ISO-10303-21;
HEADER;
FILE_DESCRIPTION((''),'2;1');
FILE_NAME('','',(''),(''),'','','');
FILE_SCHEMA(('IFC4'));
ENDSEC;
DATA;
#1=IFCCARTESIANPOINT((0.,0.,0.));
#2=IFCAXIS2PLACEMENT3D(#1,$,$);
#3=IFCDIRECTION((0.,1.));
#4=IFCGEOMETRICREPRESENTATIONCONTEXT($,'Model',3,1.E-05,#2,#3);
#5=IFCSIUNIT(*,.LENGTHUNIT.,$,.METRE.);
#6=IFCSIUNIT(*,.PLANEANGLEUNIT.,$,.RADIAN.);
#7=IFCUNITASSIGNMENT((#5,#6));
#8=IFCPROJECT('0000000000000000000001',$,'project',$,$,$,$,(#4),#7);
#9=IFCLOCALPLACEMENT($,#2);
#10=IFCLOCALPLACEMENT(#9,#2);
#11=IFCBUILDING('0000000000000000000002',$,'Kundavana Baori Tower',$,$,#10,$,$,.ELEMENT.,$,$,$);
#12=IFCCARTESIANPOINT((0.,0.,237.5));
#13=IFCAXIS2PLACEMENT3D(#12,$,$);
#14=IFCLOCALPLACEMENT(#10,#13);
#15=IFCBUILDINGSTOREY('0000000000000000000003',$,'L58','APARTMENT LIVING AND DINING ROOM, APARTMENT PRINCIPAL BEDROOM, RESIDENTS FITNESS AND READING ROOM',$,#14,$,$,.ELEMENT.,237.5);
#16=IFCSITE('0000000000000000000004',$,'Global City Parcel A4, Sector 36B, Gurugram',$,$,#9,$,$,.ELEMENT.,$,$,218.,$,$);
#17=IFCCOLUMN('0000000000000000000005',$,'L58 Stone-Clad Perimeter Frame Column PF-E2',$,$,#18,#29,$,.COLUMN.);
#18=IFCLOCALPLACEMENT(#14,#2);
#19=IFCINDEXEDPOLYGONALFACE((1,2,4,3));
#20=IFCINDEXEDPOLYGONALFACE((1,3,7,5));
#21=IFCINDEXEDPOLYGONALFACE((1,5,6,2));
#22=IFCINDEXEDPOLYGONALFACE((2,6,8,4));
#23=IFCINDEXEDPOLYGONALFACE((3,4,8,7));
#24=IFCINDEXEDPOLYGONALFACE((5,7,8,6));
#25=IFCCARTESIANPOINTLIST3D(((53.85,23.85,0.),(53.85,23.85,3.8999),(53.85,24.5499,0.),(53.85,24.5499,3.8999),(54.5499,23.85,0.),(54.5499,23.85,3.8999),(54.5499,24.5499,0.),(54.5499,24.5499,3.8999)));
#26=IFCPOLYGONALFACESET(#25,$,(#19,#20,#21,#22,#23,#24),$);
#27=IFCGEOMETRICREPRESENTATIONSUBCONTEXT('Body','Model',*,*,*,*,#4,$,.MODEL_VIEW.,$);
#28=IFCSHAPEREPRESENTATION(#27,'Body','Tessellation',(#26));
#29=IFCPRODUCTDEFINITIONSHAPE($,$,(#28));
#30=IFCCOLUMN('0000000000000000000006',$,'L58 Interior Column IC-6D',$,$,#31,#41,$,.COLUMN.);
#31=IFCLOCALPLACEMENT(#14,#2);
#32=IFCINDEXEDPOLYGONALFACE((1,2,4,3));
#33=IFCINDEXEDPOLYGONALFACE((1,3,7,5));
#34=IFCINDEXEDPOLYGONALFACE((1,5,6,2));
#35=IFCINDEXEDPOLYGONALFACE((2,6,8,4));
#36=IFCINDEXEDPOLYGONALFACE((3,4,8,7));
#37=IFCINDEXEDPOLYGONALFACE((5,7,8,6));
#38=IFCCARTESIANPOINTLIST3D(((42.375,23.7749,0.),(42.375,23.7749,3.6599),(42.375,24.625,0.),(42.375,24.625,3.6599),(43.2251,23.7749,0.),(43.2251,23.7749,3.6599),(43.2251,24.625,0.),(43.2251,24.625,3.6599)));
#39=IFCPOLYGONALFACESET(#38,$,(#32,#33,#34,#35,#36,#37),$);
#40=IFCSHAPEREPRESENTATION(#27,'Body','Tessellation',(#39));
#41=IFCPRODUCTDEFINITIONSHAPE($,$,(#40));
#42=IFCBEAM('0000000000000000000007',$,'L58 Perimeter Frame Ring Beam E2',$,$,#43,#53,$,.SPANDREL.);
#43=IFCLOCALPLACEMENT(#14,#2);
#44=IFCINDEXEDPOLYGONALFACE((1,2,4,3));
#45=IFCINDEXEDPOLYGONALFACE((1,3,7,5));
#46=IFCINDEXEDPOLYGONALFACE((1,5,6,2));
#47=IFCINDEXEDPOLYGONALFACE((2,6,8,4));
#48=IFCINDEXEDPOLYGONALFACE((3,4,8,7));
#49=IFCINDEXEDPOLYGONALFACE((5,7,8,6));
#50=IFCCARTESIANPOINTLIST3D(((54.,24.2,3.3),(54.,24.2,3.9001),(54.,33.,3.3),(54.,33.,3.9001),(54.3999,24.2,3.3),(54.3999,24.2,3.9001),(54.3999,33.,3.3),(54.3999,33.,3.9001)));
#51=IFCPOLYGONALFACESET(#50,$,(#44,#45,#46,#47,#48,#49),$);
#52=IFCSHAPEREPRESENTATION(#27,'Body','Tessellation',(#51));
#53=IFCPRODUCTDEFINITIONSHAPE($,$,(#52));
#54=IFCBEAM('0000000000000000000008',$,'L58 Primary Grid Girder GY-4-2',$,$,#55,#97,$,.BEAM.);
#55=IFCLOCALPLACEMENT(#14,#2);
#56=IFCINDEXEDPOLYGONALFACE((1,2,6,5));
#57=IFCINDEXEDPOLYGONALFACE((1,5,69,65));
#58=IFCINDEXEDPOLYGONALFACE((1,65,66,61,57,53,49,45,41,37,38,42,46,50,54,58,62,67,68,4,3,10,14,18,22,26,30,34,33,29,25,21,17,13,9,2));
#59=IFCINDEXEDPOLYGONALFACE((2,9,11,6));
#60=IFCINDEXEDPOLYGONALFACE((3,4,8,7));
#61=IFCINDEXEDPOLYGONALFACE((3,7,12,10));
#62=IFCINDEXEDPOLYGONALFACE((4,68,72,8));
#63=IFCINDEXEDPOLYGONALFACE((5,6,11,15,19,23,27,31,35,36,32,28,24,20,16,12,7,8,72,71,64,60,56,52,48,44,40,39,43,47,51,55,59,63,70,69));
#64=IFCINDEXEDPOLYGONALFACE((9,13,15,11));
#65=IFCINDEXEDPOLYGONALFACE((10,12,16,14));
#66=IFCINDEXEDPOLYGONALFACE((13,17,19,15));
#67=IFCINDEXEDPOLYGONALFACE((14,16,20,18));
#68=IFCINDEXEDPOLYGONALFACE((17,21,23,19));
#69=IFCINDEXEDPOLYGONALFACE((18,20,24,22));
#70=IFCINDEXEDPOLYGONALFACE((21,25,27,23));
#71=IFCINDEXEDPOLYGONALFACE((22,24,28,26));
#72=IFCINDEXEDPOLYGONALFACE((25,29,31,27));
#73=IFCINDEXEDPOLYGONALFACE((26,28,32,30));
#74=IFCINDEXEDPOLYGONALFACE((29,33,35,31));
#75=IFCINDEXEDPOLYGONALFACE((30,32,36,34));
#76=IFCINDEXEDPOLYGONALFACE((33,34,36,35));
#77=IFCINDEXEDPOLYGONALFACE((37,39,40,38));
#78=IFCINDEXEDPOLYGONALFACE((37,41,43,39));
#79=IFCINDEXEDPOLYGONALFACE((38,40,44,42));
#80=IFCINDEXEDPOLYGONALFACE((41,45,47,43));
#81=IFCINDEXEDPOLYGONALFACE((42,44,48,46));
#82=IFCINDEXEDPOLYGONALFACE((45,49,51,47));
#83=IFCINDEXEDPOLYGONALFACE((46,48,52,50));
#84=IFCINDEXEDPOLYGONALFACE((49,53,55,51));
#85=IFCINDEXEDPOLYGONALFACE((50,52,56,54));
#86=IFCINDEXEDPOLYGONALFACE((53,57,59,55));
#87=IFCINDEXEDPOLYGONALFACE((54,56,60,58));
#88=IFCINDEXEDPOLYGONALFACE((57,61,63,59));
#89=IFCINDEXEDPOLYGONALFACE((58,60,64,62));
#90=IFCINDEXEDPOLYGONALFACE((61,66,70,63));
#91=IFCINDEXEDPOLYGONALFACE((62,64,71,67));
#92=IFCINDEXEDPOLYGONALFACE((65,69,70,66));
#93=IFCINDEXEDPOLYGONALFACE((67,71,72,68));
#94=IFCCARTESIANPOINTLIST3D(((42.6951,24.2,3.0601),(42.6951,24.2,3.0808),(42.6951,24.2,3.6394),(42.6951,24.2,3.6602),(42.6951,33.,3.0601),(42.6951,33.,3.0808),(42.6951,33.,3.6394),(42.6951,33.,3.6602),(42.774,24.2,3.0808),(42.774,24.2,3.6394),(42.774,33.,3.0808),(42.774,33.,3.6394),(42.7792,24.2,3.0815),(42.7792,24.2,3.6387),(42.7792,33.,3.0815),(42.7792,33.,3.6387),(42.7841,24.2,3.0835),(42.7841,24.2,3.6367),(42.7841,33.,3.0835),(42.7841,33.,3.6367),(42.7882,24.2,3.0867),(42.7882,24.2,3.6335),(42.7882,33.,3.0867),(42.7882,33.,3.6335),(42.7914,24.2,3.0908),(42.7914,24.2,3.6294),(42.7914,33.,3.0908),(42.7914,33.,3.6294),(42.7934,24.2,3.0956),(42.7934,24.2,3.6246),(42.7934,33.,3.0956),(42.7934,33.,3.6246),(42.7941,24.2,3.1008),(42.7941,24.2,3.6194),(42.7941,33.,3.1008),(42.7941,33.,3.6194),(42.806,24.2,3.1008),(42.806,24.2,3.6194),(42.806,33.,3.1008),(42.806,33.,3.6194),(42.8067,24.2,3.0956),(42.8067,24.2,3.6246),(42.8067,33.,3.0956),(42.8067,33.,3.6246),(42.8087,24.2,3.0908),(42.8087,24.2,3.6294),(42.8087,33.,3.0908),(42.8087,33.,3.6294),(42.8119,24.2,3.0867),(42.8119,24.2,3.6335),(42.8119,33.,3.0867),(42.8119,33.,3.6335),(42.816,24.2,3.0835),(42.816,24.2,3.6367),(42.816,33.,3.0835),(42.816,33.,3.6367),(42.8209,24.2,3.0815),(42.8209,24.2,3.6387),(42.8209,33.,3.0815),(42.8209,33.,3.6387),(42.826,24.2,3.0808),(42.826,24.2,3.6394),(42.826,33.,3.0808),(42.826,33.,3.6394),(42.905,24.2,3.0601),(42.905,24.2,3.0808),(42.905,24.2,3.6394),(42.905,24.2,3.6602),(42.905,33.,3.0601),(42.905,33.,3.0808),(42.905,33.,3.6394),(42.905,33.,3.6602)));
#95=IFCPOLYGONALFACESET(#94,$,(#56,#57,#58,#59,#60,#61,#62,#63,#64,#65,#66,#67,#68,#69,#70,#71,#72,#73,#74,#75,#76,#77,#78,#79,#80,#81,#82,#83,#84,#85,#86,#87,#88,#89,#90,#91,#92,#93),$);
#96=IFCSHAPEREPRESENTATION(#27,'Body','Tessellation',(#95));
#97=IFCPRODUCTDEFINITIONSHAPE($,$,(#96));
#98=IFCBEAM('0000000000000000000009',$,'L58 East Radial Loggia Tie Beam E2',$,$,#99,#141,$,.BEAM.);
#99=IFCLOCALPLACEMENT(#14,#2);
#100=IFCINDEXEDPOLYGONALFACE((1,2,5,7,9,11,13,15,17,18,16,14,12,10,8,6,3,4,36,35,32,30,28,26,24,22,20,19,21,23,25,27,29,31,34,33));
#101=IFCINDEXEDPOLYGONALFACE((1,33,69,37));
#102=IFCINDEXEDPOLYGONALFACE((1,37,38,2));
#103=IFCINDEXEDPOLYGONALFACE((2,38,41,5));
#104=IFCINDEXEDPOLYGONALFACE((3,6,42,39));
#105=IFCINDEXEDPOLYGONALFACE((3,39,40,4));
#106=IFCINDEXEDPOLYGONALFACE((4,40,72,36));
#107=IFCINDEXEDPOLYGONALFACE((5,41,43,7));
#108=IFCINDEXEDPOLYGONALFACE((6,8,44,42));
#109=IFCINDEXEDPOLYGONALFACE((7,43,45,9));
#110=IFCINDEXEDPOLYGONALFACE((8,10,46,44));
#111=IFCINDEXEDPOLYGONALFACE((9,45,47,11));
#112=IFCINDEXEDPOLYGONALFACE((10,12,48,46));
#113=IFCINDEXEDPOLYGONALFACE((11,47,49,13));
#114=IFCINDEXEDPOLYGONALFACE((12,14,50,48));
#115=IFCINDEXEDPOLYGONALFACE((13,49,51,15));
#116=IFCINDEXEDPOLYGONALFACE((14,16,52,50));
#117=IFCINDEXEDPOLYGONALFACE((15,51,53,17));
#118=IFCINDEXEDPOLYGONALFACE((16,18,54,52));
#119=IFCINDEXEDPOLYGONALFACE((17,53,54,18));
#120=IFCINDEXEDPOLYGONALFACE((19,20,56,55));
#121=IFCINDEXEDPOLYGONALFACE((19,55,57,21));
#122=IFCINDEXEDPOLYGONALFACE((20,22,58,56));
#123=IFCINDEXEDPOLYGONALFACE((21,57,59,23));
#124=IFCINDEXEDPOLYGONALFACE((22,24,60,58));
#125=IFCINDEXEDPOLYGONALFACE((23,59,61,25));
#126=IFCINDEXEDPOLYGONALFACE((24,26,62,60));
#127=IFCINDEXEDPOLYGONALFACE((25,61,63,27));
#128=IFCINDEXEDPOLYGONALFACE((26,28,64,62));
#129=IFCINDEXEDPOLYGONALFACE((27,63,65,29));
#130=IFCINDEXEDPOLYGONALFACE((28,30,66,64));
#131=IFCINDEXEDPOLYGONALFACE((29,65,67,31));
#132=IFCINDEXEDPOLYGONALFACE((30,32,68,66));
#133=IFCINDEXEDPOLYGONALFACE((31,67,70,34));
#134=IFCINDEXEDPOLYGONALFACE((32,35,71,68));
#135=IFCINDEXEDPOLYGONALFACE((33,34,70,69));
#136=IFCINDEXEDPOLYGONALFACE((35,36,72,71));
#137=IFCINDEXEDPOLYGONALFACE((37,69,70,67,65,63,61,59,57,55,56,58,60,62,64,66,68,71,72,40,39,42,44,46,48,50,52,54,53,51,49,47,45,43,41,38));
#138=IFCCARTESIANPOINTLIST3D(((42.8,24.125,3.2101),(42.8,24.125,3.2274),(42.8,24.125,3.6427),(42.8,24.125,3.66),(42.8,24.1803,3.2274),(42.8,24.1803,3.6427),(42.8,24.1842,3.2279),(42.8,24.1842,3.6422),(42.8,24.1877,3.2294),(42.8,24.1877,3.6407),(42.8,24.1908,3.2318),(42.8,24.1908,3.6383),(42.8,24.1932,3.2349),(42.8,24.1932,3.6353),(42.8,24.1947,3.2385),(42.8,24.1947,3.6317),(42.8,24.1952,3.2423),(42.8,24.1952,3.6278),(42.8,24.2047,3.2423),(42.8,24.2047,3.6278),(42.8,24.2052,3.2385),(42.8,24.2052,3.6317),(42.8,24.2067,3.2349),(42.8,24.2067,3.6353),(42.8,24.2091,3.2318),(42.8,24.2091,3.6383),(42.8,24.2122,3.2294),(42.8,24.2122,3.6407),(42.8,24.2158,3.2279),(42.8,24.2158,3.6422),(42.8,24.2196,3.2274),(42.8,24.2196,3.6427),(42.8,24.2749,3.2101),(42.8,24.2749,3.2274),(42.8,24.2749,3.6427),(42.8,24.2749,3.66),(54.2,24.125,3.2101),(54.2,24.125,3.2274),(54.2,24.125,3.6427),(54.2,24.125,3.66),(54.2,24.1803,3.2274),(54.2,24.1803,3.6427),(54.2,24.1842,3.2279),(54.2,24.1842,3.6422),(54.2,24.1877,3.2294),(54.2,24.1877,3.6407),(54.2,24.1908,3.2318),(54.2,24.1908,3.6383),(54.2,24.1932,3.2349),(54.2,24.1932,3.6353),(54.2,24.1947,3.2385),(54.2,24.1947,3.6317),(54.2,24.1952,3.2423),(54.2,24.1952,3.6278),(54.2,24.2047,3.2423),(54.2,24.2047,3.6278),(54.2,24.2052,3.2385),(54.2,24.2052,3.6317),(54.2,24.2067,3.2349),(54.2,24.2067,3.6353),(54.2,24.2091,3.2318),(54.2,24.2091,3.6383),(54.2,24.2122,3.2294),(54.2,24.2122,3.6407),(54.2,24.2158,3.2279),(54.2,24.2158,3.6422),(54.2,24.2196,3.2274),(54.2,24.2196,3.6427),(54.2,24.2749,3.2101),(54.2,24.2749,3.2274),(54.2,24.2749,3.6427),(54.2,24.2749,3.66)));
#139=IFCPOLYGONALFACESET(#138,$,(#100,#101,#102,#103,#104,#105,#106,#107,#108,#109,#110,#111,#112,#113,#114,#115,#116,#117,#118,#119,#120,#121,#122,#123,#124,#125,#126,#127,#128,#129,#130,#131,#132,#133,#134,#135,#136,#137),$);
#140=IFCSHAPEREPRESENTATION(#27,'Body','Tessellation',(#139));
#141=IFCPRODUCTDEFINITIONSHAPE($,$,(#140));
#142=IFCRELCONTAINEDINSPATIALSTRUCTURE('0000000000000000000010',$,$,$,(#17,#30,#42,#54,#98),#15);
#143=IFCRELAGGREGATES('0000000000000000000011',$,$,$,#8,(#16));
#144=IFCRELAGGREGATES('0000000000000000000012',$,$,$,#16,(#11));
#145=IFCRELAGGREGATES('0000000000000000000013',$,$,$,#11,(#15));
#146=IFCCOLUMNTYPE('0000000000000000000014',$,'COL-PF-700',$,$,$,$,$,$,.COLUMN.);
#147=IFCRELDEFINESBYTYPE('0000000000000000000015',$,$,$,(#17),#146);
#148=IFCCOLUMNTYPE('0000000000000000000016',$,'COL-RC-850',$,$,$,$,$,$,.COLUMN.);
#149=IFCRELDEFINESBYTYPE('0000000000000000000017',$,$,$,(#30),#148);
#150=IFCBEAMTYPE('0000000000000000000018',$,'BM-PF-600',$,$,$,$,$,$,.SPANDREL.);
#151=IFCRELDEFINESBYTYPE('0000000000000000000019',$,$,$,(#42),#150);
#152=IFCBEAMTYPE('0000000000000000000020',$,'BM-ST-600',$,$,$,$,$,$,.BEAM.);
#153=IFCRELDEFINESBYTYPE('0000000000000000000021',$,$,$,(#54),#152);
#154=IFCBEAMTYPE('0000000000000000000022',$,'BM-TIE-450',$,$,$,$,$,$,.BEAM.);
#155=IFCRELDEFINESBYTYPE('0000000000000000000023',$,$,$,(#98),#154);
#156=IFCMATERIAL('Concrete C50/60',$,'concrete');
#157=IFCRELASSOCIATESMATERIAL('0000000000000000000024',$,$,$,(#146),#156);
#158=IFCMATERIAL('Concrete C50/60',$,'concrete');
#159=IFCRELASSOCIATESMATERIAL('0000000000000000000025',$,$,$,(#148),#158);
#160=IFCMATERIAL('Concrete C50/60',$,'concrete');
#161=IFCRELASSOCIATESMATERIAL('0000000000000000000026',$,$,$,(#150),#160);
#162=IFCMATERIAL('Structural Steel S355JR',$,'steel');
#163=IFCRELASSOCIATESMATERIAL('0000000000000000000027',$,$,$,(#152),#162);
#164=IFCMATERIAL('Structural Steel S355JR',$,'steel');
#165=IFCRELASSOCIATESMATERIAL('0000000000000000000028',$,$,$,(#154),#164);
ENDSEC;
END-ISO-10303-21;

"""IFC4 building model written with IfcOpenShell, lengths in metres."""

from ifc_helpers import new_model, si_unit, direction, frame, origin, origin_2d, place, context, subcontext, project, spatial, rectangle, i_section, extrude, material, material_profile, profile_set, type_object, element, save


model = new_model("IFC4")

# Units and contexts
model_context = context("Model", 3, precision=1e-05, world=origin(), true_north=direction((0.0, 1.0)))
body_context = subcontext(model_context, "Body", "Model", "MODEL_VIEW")
ifc_project = project(units=[si_unit("LENGTHUNIT", "METRE"), si_unit("PLANEANGLEUNIT", "RADIAN")], contexts=[model_context])

# Site, building, storey
site_placement = place(None, origin())
site = spatial("IfcSite", under=ifc_project, at=site_placement, Name="Global City Parcel A4, Sector 36B, Gurugram", CompositionType="ELEMENT", RefElevation=218.0)
building_placement = place(site_placement, origin())
building = spatial("IfcBuilding", under=site, at=building_placement, Name="Kundavana Baori Tower", CompositionType="ELEMENT")
storey_placement = place(building_placement, frame((0.0, 0.0, 237.5)))
storey = spatial("IfcBuildingStorey", under=building, at=storey_placement, Name="L58", Description="APARTMENT LIVING AND DINING ROOM, APARTMENT PRINCIPAL BEDROOM, RESIDENTS FITNESS AND READING ROOM", CompositionType="ELEMENT", Elevation=237.5)

# Columns
ifc_material_1 = material(Name="Concrete C50/60", Category="concrete")
ifc_material_profile_1 = material_profile(ifc_material_1, rectangle(XDim=0.7, YDim=0.7, at=origin_2d()), Name="RC PF 700x700")
ifc_profile_set_1 = profile_set([ifc_material_profile_1], Name="Concrete C50/60")
column_type_1 = type_object("IfcColumnType", Name="COL-PF-700", PredefinedType="COLUMN", material=ifc_profile_set_1)
column_1_placement = place(storey_placement, frame((54.2, 24.2, 0.0), z_axis=(0.0, 0.0, 1.0), x_axis=(1.0, 0.0, 0.0)))
element("IfcColumn", 1, at=column_1_placement, inside=storey, type_object=column_type_1, Name="L58 Stone-Clad Perimeter Frame Column PF-E2", PredefinedType="COLUMN", context=body_context, shape_type="SweptSolid", body=[
    extrude(rectangle(XDim=0.7, YDim=0.7, at=origin_2d()), origin(), (0.0, 0.0, 1.0), 3.8999),
])
ifc_material_2 = material(Name="Concrete C50/60", Category="concrete")
ifc_material_profile_2 = material_profile(ifc_material_2, rectangle(XDim=0.8501, YDim=0.8501, at=origin_2d()), Name="RC 850x850")
ifc_profile_set_2 = profile_set([ifc_material_profile_2], Name="Concrete C50/60")
column_type_2 = type_object("IfcColumnType", Name="COL-RC-850", PredefinedType="COLUMN", material=ifc_profile_set_2)
column_2_placement = place(storey_placement, frame((42.8, 24.2, 0.0), z_axis=(0.0, 0.0, 1.0), x_axis=(1.0, 0.0, 0.0)))
element("IfcColumn", 2, at=column_2_placement, inside=storey, type_object=column_type_2, Name="L58 Interior Column IC-6D", PredefinedType="COLUMN", context=body_context, shape_type="SweptSolid", body=[
    extrude(rectangle(XDim=0.8501, YDim=0.8501, at=origin_2d()), origin(), (0.0, 0.0, 1.0), 3.6599),
])

# Beams
ifc_material_3 = material(Name="Concrete C50/60", Category="concrete")
ifc_material_profile_3 = material_profile(ifc_material_3, rectangle(XDim=0.3999, YDim=0.6001, at=origin_2d()), Name="RC BM 400x600")
ifc_profile_set_3 = profile_set([ifc_material_profile_3], Name="Concrete C50/60")
beam_type_1 = type_object("IfcBeamType", Name="BM-PF-600", PredefinedType="SPANDREL", material=ifc_profile_set_3)
beam_1_placement = place(storey_placement, frame((54.2, 24.2, 3.6001), z_axis=(0.0, 1.0, 0.0), x_axis=(-1.0, 0.0, 0.0)))
element("IfcBeam", 3, at=beam_1_placement, inside=storey, type_object=beam_type_1, Name="L58 Perimeter Frame Ring Beam E2", PredefinedType="SPANDREL", context=body_context, shape_type="SweptSolid", body=[
    extrude(rectangle(XDim=0.3999, YDim=0.6001, at=origin_2d()), origin(), (0.0, 0.0, 1.0), 8.8),
])
ifc_material_4 = material(Name="Structural Steel S355JR", Category="steel")
ifc_material_profile_4 = material_profile(ifc_material_4, i_section(OverallWidth=0.21, OverallDepth=0.6001, WebThickness=0.012, FlangeThickness=0.0208, FilletRadius=0.02, at=origin_2d()), Name="ISMB 600")
ifc_profile_set_4 = profile_set([ifc_material_profile_4], Name="Structural Steel S355JR")
beam_type_2 = type_object("IfcBeamType", Name="BM-ST-600", PredefinedType="BEAM", material=ifc_profile_set_4)
beam_2_placement = place(storey_placement, frame((42.8, 24.2, 3.3601), z_axis=(0.0, 1.0, 0.0), x_axis=(-1.0, 0.0, 0.0)))
element("IfcBeam", 4, at=beam_2_placement, inside=storey, type_object=beam_type_2, Name="L58 Primary Grid Girder GY-4-2", PredefinedType="BEAM", context=body_context, shape_type="SweptSolid", body=[
    extrude(i_section(OverallWidth=0.21, OverallDepth=0.6001, WebThickness=0.012, FlangeThickness=0.0208, FilletRadius=0.02, at=origin_2d()), origin(), (0.0, 0.0, 1.0), 8.8),
])
ifc_material_5 = material(Name="Structural Steel S355JR", Category="steel")
ifc_material_profile_5 = material_profile(ifc_material_5, i_section(OverallWidth=0.1499, OverallDepth=0.45, WebThickness=0.0095, FlangeThickness=0.0173, FilletRadius=0.0149, at=origin_2d()), Name="ISMB 450")
ifc_profile_set_5 = profile_set([ifc_material_profile_5], Name="Structural Steel S355JR")
beam_type_3 = type_object("IfcBeamType", Name="BM-TIE-450", PredefinedType="BEAM", material=ifc_profile_set_5)
beam_3_placement = place(storey_placement, frame((42.8, 24.2, 3.4351), z_axis=(1.0, 0.0, 0.0), x_axis=(0.0, 1.0, 0.0)))
element("IfcBeam", 5, at=beam_3_placement, inside=storey, type_object=beam_type_3, Name="L58 East Radial Loggia Tie Beam E2", PredefinedType="BEAM", context=body_context, shape_type="SweptSolid", body=[
    extrude(i_section(OverallWidth=0.1499, OverallDepth=0.45, WebThickness=0.0095, FlangeThickness=0.0173, FilletRadius=0.0149, at=origin_2d()), origin(), (0.0, 0.0, 1.0), 11.3999),
])

save(model, "model.ifc")
